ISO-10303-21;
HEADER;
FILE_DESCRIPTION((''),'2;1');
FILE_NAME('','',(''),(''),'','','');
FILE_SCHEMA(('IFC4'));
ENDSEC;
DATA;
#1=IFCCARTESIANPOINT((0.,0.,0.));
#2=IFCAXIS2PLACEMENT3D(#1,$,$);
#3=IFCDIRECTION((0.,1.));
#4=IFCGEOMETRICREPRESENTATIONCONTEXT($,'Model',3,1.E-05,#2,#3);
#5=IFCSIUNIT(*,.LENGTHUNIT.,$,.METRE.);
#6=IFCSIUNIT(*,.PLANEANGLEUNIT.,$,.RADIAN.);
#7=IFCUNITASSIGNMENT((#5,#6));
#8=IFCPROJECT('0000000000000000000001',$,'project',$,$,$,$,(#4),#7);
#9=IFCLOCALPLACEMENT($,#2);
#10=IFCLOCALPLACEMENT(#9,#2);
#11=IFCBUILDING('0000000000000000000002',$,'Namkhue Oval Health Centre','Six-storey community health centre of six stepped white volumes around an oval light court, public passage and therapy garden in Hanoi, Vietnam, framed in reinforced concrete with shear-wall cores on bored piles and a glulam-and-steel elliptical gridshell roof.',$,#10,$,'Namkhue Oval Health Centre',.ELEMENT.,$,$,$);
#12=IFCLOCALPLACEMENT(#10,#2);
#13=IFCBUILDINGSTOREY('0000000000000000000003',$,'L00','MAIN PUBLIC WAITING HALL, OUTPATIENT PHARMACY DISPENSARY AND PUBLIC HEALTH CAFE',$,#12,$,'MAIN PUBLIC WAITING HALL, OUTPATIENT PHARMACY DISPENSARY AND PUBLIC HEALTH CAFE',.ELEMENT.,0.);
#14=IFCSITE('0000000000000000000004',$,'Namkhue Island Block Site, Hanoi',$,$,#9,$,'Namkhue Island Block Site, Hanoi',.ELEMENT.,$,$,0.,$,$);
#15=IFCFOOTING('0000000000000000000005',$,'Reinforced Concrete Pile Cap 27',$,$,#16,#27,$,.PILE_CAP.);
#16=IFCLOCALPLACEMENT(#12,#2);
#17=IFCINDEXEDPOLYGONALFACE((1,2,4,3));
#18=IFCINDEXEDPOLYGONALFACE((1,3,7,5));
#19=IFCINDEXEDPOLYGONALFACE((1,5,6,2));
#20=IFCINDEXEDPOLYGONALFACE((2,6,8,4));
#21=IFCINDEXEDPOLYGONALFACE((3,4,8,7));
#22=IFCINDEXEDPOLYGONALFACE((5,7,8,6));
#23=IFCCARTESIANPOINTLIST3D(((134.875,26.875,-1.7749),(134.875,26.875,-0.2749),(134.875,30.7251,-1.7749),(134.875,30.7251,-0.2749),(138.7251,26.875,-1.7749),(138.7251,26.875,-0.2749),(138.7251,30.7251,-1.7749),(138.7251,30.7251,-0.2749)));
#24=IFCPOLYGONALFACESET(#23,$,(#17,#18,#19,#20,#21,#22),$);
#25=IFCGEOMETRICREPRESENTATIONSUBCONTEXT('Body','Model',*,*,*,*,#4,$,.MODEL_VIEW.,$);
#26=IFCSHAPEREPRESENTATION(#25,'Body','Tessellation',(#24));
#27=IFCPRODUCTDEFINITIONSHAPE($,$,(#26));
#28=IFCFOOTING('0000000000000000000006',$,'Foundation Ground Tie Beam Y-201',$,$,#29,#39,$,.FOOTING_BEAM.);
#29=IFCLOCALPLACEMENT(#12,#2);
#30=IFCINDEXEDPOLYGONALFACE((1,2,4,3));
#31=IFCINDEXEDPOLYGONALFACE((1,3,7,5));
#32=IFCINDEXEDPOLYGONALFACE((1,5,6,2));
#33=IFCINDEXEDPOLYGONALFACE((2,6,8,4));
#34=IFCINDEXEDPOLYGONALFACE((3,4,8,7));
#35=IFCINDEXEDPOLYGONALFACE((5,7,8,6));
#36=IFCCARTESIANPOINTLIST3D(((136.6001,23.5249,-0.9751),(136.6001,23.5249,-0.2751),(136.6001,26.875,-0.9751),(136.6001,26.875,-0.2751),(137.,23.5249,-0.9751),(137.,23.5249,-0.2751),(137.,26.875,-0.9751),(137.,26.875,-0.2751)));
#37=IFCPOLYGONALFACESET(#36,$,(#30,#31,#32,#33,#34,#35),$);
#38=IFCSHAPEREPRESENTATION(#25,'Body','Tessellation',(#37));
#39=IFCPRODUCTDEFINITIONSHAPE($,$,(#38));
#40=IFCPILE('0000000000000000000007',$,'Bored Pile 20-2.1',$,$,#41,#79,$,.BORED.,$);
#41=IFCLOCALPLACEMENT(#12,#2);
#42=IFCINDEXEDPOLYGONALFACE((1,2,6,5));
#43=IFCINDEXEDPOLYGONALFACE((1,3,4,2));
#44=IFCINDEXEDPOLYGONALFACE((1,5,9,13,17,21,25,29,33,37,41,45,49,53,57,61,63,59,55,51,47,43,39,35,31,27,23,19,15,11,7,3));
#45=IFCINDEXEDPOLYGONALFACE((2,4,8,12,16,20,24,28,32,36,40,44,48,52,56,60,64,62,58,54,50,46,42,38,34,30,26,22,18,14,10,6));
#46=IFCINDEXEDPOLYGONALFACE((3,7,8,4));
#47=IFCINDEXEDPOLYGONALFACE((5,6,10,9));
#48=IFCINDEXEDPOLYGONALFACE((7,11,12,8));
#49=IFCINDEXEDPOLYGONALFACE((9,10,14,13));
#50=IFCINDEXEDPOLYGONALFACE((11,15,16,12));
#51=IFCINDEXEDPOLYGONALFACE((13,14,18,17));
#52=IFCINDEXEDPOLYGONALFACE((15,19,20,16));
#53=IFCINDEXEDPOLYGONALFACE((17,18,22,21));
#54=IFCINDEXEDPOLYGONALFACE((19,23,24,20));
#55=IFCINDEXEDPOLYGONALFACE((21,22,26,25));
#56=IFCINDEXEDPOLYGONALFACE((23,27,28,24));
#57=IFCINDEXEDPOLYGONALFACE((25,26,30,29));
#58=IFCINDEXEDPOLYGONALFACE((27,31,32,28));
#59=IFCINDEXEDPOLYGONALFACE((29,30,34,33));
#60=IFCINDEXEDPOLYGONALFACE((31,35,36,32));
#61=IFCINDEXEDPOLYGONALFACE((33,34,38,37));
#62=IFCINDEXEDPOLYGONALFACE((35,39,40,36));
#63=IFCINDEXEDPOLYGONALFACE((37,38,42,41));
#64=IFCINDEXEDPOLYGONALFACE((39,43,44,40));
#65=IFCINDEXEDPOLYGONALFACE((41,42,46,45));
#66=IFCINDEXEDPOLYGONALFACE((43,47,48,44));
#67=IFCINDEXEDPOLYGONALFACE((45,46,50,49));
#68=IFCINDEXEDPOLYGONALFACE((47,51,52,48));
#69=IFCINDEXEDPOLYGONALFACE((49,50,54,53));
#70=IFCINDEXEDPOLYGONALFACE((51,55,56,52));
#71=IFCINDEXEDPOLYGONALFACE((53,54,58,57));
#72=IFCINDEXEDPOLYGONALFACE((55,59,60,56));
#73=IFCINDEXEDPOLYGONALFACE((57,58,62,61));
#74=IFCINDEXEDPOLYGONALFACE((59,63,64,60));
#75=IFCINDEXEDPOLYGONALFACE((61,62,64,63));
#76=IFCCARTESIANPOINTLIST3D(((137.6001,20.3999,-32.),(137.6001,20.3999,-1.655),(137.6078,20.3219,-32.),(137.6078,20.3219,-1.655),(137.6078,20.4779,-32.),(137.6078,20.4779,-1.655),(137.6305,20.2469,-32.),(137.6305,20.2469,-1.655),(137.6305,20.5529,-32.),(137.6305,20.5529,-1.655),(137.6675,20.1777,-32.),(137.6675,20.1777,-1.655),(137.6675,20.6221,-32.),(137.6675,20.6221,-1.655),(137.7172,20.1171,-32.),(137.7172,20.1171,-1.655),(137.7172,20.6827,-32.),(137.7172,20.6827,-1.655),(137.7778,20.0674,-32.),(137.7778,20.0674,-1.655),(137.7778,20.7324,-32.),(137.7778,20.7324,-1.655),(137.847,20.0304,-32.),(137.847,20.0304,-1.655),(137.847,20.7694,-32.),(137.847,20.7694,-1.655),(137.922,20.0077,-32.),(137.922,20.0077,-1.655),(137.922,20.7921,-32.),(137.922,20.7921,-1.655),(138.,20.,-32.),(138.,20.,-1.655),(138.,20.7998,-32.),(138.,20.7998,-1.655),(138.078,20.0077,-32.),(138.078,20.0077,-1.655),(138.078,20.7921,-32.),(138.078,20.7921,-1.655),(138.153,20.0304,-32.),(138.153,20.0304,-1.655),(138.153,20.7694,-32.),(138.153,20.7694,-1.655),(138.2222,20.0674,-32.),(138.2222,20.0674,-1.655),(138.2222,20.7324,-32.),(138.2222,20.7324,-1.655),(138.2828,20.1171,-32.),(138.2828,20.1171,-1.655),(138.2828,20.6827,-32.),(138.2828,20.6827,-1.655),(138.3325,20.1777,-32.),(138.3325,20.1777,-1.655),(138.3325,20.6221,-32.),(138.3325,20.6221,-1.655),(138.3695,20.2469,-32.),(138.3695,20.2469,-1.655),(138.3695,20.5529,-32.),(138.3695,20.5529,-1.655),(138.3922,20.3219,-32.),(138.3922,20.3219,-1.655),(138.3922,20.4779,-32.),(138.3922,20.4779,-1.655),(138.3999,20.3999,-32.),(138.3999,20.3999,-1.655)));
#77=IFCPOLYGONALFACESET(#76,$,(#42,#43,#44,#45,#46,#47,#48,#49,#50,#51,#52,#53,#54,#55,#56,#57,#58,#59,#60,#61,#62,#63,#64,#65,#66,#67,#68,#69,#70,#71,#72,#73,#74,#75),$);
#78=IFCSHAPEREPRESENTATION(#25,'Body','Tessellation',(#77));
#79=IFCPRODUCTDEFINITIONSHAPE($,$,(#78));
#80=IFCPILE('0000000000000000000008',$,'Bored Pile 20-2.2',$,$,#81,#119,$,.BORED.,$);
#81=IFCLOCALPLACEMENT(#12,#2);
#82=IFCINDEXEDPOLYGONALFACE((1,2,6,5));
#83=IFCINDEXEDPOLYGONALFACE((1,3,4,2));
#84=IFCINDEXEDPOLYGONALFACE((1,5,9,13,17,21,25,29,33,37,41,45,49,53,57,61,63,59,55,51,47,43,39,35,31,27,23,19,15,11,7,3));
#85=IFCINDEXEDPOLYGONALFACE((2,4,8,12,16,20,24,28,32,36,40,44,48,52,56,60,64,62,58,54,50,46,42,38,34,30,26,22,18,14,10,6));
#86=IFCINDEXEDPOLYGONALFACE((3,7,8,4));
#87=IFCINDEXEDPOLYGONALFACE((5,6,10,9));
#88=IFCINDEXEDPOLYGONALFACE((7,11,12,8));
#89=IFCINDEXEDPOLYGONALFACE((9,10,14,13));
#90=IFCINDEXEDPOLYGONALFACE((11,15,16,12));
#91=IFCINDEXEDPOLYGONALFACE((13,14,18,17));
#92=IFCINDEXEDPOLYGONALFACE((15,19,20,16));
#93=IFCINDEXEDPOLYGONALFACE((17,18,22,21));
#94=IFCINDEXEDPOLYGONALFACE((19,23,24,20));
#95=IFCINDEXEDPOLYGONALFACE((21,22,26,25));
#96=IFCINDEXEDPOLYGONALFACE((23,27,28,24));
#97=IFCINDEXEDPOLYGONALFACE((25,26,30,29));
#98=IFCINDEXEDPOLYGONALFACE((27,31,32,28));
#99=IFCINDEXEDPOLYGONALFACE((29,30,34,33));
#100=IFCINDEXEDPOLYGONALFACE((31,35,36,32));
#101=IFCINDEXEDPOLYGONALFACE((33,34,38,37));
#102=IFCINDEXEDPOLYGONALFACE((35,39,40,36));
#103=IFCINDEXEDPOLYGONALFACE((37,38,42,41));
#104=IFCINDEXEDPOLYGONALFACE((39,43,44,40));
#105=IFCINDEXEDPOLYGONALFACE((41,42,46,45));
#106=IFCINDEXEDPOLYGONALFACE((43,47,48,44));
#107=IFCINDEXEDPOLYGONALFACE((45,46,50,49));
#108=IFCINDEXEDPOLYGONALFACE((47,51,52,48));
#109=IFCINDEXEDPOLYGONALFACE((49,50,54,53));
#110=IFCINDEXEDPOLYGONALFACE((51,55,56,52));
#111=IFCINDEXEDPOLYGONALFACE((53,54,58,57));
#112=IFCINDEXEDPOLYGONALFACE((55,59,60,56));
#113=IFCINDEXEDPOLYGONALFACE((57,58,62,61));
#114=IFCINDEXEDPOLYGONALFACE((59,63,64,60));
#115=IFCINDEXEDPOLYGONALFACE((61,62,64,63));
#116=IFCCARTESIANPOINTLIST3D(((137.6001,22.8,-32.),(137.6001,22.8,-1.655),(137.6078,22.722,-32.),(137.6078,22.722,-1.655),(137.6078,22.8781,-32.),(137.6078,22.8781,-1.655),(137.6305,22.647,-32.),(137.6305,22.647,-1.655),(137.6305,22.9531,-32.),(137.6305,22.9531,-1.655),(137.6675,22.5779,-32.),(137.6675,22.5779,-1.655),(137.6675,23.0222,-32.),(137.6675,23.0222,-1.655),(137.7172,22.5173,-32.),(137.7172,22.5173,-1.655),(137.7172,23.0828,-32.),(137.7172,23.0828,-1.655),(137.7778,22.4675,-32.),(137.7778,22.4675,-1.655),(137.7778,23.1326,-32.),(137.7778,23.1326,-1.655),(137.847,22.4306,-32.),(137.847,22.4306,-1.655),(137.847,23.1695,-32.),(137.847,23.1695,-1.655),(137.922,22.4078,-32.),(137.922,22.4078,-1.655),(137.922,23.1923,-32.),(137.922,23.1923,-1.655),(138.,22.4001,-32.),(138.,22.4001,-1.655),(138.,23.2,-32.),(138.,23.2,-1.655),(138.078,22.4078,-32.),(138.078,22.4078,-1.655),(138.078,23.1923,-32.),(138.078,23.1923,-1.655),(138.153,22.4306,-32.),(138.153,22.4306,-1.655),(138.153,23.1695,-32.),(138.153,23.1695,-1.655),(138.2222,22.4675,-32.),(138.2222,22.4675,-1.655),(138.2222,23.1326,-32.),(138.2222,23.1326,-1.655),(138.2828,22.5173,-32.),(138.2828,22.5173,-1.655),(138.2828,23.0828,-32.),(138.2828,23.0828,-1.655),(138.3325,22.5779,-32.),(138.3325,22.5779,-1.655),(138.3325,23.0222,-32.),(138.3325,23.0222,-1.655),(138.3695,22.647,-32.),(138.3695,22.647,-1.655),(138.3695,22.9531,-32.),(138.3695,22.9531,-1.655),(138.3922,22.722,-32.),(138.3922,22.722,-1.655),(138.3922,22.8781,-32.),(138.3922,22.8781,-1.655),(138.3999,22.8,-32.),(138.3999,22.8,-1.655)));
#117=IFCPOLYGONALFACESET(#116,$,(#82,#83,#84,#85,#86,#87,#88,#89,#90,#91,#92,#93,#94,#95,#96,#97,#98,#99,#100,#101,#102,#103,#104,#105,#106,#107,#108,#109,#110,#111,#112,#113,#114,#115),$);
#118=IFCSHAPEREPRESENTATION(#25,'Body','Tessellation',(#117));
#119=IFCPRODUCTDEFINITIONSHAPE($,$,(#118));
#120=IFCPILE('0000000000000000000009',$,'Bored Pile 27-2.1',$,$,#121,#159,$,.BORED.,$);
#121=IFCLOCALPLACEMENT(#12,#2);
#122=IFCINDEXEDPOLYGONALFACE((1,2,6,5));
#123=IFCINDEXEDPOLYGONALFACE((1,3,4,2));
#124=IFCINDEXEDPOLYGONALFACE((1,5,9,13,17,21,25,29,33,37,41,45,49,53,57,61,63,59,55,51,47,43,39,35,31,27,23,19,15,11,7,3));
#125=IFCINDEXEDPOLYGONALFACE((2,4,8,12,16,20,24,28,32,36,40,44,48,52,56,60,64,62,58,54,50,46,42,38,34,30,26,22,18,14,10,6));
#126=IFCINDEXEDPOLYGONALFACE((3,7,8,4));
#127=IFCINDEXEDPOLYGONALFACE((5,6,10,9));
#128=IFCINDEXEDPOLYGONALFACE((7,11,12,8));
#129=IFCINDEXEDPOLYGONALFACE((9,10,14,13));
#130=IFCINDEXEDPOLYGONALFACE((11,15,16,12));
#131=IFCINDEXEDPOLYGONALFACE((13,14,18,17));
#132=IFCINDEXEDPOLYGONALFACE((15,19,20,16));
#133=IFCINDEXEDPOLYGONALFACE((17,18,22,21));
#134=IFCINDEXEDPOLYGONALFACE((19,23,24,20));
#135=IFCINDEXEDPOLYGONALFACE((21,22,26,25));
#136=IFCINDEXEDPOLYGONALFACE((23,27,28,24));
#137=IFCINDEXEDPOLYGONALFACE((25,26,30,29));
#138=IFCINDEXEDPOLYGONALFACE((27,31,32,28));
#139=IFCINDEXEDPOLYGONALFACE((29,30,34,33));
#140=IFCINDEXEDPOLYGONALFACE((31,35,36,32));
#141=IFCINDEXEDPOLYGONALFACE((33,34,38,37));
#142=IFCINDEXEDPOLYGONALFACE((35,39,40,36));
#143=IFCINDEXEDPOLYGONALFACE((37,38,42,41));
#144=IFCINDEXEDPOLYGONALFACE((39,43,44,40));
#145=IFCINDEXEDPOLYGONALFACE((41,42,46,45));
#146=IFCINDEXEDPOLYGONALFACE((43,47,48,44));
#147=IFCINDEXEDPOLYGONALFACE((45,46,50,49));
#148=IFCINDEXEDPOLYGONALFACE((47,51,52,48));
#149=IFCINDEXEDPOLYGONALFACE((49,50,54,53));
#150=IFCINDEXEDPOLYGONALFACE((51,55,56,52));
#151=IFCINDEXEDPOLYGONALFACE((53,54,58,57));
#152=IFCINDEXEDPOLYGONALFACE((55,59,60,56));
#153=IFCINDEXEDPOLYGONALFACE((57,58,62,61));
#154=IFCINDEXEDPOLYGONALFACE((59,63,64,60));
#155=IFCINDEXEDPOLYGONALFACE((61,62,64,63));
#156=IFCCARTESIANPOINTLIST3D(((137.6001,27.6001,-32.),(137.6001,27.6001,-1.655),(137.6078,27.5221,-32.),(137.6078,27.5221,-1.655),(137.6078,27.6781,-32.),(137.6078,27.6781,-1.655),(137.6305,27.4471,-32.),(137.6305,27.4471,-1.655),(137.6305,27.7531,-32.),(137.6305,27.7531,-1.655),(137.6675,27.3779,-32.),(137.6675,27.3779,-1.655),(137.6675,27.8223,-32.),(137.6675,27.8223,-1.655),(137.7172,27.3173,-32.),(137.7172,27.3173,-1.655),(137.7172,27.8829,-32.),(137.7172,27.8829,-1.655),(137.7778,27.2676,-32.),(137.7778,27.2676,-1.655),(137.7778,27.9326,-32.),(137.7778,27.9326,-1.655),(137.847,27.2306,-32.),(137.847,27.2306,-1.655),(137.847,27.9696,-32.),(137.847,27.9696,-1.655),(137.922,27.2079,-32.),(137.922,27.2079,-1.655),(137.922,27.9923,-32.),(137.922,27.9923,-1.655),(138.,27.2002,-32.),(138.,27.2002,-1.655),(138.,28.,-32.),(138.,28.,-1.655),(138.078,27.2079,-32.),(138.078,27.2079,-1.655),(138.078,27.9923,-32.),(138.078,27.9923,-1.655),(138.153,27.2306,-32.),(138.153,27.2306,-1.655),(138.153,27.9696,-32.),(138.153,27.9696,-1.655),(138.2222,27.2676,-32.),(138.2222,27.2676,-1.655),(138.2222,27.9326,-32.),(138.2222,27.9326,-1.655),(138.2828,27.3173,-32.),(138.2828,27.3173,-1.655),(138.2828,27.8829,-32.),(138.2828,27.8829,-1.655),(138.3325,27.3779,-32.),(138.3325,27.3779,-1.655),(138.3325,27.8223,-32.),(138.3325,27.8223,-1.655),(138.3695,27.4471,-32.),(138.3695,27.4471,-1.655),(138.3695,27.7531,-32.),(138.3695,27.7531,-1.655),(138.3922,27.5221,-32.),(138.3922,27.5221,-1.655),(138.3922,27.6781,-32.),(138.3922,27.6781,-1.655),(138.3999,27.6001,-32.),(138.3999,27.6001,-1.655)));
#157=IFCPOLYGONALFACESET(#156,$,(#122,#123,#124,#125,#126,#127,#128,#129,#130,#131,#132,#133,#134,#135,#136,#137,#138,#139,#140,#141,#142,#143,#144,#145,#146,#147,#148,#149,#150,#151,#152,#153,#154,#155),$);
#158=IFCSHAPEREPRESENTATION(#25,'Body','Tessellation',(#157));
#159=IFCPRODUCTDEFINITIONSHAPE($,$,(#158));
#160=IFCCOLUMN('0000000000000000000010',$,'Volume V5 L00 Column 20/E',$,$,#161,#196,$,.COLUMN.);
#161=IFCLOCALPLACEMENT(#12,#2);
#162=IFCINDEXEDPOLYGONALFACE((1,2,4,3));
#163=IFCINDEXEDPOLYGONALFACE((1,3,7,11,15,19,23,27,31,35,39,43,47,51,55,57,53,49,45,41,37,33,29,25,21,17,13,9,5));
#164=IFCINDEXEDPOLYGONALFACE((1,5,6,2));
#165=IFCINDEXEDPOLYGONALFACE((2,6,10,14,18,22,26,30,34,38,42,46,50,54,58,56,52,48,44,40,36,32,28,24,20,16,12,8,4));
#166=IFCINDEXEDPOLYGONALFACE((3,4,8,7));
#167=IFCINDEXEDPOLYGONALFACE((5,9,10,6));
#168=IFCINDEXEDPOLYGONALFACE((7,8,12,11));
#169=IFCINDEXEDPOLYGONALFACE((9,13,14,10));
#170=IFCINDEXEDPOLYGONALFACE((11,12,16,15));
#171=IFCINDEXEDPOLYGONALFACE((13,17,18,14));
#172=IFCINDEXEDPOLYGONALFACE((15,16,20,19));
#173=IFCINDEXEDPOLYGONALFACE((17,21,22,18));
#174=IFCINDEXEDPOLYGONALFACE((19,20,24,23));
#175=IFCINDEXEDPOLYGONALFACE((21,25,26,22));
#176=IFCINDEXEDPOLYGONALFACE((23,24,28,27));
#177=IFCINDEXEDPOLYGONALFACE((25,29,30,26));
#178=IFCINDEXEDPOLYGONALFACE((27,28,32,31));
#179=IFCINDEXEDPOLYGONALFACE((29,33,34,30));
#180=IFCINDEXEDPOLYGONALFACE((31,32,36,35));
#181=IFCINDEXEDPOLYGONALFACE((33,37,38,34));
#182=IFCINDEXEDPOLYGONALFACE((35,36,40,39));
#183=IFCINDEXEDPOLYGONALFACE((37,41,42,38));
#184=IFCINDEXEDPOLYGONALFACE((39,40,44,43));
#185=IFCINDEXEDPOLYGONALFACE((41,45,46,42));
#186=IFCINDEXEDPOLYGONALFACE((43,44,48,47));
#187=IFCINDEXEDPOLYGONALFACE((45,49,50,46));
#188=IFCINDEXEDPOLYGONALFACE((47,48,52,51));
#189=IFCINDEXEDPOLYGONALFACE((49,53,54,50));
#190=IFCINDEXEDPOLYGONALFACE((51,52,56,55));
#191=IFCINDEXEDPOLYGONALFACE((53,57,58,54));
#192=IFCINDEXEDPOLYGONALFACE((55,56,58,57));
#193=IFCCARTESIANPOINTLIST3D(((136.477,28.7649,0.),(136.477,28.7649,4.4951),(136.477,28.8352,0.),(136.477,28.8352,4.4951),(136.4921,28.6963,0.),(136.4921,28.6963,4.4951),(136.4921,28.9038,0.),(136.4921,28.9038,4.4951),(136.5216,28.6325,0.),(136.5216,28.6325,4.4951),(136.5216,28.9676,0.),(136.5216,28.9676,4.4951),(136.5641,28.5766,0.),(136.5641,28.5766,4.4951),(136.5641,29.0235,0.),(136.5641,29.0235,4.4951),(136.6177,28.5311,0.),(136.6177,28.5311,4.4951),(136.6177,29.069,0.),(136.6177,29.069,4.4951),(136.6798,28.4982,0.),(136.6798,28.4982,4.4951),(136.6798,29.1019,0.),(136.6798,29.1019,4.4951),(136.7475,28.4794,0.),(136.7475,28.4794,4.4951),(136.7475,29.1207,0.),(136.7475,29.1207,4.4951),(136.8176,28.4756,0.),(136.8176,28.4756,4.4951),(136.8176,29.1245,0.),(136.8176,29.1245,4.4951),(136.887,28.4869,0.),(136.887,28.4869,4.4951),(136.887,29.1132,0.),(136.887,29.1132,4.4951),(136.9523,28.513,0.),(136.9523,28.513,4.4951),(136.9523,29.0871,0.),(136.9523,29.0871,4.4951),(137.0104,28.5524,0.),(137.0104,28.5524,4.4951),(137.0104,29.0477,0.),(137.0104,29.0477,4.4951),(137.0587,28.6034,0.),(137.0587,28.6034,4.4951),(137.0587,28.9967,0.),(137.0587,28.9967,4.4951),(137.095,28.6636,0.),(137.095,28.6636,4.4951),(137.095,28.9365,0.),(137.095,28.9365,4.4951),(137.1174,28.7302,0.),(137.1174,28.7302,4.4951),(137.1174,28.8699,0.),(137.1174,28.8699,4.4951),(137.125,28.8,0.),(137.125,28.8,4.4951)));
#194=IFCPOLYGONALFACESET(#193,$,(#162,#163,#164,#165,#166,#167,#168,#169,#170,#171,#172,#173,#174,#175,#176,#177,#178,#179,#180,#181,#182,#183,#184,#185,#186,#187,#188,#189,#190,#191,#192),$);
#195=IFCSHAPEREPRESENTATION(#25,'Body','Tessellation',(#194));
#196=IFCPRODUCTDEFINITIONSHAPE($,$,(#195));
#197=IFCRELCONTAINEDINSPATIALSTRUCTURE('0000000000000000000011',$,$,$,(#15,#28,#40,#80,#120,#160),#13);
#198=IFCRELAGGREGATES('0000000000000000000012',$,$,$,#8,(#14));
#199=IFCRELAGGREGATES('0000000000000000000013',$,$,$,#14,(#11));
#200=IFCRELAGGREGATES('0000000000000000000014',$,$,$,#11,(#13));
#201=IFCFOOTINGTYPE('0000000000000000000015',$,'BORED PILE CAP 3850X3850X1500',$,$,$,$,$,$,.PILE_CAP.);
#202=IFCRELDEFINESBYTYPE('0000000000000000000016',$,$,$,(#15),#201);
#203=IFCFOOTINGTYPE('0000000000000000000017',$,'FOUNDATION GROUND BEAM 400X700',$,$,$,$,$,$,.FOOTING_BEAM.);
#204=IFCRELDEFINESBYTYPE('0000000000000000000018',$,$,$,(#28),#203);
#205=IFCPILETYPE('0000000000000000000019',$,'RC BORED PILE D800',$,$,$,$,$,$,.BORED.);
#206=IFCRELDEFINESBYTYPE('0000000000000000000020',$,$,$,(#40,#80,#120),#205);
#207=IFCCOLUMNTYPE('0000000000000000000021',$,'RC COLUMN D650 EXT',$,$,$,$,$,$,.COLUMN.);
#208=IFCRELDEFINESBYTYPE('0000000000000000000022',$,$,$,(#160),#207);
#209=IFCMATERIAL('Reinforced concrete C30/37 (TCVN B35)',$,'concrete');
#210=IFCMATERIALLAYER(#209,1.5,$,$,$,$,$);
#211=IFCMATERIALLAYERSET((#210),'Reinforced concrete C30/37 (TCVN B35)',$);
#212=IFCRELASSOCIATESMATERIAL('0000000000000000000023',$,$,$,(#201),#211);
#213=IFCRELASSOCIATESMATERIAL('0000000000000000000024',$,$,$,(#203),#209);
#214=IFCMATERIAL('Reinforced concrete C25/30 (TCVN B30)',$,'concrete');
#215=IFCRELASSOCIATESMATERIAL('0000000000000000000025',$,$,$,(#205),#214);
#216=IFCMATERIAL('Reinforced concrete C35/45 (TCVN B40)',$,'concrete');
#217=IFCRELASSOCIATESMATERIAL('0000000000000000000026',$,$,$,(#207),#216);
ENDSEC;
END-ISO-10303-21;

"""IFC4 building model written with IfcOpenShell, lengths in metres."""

from ifc_helpers import new_model, si_unit, direction, frame, origin, origin_2d, place, context, subcontext, project, spatial, rectangle, circle, extrude, material, layer, layer_set, material_profile, profile_set, type_object, element, save


model = new_model("IFC4")

# Units and contexts
model_context = context("Model", 3, precision=1e-05, world=origin(), true_north=direction((0.0, 1.0)))
body_context = subcontext(model_context, "Body", "Model", "MODEL_VIEW")
ifc_project = project(units=[si_unit("LENGTHUNIT", "METRE"), si_unit("PLANEANGLEUNIT", "RADIAN")], contexts=[model_context])

# Site, building, storey
site_placement = place(None, origin())
site = spatial("IfcSite", under=ifc_project, at=site_placement, Name="Namkhue Island Block Site, Hanoi", LongName="Namkhue Island Block Site, Hanoi", CompositionType="ELEMENT", RefElevation=0.0)
building_placement = place(site_placement, origin())
building = spatial("IfcBuilding", under=site, at=building_placement, Name="Namkhue Oval Health Centre", Description="Six-storey community health centre of six stepped white volumes around an oval light court, public passage and therapy garden in Hanoi, Vietnam, framed in reinforced concrete with shear-wall cores on bored piles and a glulam-and-steel elliptical gridshell roof.", LongName="Namkhue Oval Health Centre", CompositionType="ELEMENT")
storey_placement = place(building_placement, origin())
storey = spatial("IfcBuildingStorey", under=building, at=storey_placement, Name="L00", Description="MAIN PUBLIC WAITING HALL, OUTPATIENT PHARMACY DISPENSARY AND PUBLIC HEALTH CAFE", LongName="MAIN PUBLIC WAITING HALL, OUTPATIENT PHARMACY DISPENSARY AND PUBLIC HEALTH CAFE", CompositionType="ELEMENT", Elevation=0.0)

# Footings
ifc_material_1 = material(Name="Reinforced concrete C30/37 (TCVN B35)", Category="concrete")
ifc_layer_1 = layer(ifc_material_1, 1.5)
ifc_layer_set_1 = layer_set([ifc_layer_1], Name="Reinforced concrete C30/37 (TCVN B35)")
footing_type_1 = type_object("IfcFootingType", Name="BORED PILE CAP 3850X3850X1500", PredefinedType="PILE_CAP", material=ifc_layer_set_1)
footing_1_placement = place(storey_placement, frame((136.8, 28.8, -1.7749), z_axis=(0.0, 0.0, 1.0), x_axis=(1.0, 0.0, 0.0)))
element("IfcFooting", 1, at=footing_1_placement, inside=storey, type_object=footing_type_1, Name="Reinforced Concrete Pile Cap 27", PredefinedType="PILE_CAP", context=body_context, shape_type="SweptSolid", body=[
    extrude(rectangle(XDim=3.8501, YDim=3.8501, at=origin_2d()), origin(), (0.0, 0.0, 1.0), 1.5),
])
footing_type_2 = type_object("IfcFootingType", Name="FOUNDATION GROUND BEAM 400X700", PredefinedType="FOOTING_BEAM", material=ifc_material_1)
footing_2_placement = place(storey_placement, frame((136.8, 25.2, -0.9751), z_axis=(0.0, 0.0, 1.0), x_axis=(0.0, 1.0, 0.0)))
element("IfcFooting", 2, at=footing_2_placement, inside=storey, type_object=footing_type_2, Name="Foundation Ground Tie Beam Y-201", PredefinedType="FOOTING_BEAM", context=body_context, shape_type="SweptSolid", body=[
    extrude(rectangle(XDim=3.3501, YDim=0.3999, at=origin_2d()), origin(), (0.0, 0.0, 1.0), 0.7),
])

# Piles
ifc_material_2 = material(Name="Reinforced concrete C25/30 (TCVN B30)", Category="concrete")
ifc_material_profile_1 = material_profile(ifc_material_2, circle(Radius=0.3999, at=origin_2d()), Name="BORED PILE D800")
ifc_profile_set_1 = profile_set([ifc_material_profile_1], Name="Reinforced concrete C25/30 (TCVN B30)")
pile_type = type_object("IfcPileType", Name="RC BORED PILE D800", PredefinedType="BORED", material=ifc_profile_set_1)
for number, where, z_axis, x_axis, name in (
    (3, (138.0, 20.3999, -1.655), (0.0, 0.0, -1.0), (1.0, 0.0, 0.0), "Bored Pile 20-2.1"),
    (4, (138.0, 22.8, -1.655), (0.0, 0.0, -1.0), (1.0, 0.0, 0.0), "Bored Pile 20-2.2"),
    (5, (138.0, 27.6001, -1.655), (0.0, 0.0, -1.0), (1.0, 0.0, 0.0), "Bored Pile 27-2.1"),
):
    element("IfcPile", number, at=place(storey_placement, frame(where, z_axis=z_axis, x_axis=x_axis)), inside=storey, type_object=pile_type, Name=name, PredefinedType="BORED", context=body_context, shape_type="SweptSolid", body=[
        extrude(circle(Radius=0.3999, at=origin_2d()), origin(), (0.0, 0.0, 1.0), 30.345),
    ])

# Column
ifc_material_3 = material(Name="Reinforced concrete C35/45 (TCVN B40)", Category="concrete")
ifc_material_profile_2 = material_profile(ifc_material_3, circle(Radius=0.325, at=origin_2d()), Name="RC D650")
ifc_profile_set_2 = profile_set([ifc_material_profile_2], Name="Reinforced concrete C35/45 (TCVN B40)")
column_type = type_object("IfcColumnType", Name="RC COLUMN D650 EXT", PredefinedType="COLUMN", material=ifc_profile_set_2)
column_placement = place(storey_placement, frame((136.8, 28.8, 0.0), z_axis=(0.0, 0.0, 1.0), x_axis=(1.0, 0.0, 0.0)))
element("IfcColumn", 6, at=column_placement, inside=storey, type_object=column_type, Name="Volume V5 L00 Column 20/E", PredefinedType="COLUMN", context=body_context, shape_type="SweptSolid", body=[
    extrude(circle(Radius=0.325, at=origin_2d()), origin(), (0.0, 0.0, 1.0), 4.4951),
])

save(model, "model.ifc")
